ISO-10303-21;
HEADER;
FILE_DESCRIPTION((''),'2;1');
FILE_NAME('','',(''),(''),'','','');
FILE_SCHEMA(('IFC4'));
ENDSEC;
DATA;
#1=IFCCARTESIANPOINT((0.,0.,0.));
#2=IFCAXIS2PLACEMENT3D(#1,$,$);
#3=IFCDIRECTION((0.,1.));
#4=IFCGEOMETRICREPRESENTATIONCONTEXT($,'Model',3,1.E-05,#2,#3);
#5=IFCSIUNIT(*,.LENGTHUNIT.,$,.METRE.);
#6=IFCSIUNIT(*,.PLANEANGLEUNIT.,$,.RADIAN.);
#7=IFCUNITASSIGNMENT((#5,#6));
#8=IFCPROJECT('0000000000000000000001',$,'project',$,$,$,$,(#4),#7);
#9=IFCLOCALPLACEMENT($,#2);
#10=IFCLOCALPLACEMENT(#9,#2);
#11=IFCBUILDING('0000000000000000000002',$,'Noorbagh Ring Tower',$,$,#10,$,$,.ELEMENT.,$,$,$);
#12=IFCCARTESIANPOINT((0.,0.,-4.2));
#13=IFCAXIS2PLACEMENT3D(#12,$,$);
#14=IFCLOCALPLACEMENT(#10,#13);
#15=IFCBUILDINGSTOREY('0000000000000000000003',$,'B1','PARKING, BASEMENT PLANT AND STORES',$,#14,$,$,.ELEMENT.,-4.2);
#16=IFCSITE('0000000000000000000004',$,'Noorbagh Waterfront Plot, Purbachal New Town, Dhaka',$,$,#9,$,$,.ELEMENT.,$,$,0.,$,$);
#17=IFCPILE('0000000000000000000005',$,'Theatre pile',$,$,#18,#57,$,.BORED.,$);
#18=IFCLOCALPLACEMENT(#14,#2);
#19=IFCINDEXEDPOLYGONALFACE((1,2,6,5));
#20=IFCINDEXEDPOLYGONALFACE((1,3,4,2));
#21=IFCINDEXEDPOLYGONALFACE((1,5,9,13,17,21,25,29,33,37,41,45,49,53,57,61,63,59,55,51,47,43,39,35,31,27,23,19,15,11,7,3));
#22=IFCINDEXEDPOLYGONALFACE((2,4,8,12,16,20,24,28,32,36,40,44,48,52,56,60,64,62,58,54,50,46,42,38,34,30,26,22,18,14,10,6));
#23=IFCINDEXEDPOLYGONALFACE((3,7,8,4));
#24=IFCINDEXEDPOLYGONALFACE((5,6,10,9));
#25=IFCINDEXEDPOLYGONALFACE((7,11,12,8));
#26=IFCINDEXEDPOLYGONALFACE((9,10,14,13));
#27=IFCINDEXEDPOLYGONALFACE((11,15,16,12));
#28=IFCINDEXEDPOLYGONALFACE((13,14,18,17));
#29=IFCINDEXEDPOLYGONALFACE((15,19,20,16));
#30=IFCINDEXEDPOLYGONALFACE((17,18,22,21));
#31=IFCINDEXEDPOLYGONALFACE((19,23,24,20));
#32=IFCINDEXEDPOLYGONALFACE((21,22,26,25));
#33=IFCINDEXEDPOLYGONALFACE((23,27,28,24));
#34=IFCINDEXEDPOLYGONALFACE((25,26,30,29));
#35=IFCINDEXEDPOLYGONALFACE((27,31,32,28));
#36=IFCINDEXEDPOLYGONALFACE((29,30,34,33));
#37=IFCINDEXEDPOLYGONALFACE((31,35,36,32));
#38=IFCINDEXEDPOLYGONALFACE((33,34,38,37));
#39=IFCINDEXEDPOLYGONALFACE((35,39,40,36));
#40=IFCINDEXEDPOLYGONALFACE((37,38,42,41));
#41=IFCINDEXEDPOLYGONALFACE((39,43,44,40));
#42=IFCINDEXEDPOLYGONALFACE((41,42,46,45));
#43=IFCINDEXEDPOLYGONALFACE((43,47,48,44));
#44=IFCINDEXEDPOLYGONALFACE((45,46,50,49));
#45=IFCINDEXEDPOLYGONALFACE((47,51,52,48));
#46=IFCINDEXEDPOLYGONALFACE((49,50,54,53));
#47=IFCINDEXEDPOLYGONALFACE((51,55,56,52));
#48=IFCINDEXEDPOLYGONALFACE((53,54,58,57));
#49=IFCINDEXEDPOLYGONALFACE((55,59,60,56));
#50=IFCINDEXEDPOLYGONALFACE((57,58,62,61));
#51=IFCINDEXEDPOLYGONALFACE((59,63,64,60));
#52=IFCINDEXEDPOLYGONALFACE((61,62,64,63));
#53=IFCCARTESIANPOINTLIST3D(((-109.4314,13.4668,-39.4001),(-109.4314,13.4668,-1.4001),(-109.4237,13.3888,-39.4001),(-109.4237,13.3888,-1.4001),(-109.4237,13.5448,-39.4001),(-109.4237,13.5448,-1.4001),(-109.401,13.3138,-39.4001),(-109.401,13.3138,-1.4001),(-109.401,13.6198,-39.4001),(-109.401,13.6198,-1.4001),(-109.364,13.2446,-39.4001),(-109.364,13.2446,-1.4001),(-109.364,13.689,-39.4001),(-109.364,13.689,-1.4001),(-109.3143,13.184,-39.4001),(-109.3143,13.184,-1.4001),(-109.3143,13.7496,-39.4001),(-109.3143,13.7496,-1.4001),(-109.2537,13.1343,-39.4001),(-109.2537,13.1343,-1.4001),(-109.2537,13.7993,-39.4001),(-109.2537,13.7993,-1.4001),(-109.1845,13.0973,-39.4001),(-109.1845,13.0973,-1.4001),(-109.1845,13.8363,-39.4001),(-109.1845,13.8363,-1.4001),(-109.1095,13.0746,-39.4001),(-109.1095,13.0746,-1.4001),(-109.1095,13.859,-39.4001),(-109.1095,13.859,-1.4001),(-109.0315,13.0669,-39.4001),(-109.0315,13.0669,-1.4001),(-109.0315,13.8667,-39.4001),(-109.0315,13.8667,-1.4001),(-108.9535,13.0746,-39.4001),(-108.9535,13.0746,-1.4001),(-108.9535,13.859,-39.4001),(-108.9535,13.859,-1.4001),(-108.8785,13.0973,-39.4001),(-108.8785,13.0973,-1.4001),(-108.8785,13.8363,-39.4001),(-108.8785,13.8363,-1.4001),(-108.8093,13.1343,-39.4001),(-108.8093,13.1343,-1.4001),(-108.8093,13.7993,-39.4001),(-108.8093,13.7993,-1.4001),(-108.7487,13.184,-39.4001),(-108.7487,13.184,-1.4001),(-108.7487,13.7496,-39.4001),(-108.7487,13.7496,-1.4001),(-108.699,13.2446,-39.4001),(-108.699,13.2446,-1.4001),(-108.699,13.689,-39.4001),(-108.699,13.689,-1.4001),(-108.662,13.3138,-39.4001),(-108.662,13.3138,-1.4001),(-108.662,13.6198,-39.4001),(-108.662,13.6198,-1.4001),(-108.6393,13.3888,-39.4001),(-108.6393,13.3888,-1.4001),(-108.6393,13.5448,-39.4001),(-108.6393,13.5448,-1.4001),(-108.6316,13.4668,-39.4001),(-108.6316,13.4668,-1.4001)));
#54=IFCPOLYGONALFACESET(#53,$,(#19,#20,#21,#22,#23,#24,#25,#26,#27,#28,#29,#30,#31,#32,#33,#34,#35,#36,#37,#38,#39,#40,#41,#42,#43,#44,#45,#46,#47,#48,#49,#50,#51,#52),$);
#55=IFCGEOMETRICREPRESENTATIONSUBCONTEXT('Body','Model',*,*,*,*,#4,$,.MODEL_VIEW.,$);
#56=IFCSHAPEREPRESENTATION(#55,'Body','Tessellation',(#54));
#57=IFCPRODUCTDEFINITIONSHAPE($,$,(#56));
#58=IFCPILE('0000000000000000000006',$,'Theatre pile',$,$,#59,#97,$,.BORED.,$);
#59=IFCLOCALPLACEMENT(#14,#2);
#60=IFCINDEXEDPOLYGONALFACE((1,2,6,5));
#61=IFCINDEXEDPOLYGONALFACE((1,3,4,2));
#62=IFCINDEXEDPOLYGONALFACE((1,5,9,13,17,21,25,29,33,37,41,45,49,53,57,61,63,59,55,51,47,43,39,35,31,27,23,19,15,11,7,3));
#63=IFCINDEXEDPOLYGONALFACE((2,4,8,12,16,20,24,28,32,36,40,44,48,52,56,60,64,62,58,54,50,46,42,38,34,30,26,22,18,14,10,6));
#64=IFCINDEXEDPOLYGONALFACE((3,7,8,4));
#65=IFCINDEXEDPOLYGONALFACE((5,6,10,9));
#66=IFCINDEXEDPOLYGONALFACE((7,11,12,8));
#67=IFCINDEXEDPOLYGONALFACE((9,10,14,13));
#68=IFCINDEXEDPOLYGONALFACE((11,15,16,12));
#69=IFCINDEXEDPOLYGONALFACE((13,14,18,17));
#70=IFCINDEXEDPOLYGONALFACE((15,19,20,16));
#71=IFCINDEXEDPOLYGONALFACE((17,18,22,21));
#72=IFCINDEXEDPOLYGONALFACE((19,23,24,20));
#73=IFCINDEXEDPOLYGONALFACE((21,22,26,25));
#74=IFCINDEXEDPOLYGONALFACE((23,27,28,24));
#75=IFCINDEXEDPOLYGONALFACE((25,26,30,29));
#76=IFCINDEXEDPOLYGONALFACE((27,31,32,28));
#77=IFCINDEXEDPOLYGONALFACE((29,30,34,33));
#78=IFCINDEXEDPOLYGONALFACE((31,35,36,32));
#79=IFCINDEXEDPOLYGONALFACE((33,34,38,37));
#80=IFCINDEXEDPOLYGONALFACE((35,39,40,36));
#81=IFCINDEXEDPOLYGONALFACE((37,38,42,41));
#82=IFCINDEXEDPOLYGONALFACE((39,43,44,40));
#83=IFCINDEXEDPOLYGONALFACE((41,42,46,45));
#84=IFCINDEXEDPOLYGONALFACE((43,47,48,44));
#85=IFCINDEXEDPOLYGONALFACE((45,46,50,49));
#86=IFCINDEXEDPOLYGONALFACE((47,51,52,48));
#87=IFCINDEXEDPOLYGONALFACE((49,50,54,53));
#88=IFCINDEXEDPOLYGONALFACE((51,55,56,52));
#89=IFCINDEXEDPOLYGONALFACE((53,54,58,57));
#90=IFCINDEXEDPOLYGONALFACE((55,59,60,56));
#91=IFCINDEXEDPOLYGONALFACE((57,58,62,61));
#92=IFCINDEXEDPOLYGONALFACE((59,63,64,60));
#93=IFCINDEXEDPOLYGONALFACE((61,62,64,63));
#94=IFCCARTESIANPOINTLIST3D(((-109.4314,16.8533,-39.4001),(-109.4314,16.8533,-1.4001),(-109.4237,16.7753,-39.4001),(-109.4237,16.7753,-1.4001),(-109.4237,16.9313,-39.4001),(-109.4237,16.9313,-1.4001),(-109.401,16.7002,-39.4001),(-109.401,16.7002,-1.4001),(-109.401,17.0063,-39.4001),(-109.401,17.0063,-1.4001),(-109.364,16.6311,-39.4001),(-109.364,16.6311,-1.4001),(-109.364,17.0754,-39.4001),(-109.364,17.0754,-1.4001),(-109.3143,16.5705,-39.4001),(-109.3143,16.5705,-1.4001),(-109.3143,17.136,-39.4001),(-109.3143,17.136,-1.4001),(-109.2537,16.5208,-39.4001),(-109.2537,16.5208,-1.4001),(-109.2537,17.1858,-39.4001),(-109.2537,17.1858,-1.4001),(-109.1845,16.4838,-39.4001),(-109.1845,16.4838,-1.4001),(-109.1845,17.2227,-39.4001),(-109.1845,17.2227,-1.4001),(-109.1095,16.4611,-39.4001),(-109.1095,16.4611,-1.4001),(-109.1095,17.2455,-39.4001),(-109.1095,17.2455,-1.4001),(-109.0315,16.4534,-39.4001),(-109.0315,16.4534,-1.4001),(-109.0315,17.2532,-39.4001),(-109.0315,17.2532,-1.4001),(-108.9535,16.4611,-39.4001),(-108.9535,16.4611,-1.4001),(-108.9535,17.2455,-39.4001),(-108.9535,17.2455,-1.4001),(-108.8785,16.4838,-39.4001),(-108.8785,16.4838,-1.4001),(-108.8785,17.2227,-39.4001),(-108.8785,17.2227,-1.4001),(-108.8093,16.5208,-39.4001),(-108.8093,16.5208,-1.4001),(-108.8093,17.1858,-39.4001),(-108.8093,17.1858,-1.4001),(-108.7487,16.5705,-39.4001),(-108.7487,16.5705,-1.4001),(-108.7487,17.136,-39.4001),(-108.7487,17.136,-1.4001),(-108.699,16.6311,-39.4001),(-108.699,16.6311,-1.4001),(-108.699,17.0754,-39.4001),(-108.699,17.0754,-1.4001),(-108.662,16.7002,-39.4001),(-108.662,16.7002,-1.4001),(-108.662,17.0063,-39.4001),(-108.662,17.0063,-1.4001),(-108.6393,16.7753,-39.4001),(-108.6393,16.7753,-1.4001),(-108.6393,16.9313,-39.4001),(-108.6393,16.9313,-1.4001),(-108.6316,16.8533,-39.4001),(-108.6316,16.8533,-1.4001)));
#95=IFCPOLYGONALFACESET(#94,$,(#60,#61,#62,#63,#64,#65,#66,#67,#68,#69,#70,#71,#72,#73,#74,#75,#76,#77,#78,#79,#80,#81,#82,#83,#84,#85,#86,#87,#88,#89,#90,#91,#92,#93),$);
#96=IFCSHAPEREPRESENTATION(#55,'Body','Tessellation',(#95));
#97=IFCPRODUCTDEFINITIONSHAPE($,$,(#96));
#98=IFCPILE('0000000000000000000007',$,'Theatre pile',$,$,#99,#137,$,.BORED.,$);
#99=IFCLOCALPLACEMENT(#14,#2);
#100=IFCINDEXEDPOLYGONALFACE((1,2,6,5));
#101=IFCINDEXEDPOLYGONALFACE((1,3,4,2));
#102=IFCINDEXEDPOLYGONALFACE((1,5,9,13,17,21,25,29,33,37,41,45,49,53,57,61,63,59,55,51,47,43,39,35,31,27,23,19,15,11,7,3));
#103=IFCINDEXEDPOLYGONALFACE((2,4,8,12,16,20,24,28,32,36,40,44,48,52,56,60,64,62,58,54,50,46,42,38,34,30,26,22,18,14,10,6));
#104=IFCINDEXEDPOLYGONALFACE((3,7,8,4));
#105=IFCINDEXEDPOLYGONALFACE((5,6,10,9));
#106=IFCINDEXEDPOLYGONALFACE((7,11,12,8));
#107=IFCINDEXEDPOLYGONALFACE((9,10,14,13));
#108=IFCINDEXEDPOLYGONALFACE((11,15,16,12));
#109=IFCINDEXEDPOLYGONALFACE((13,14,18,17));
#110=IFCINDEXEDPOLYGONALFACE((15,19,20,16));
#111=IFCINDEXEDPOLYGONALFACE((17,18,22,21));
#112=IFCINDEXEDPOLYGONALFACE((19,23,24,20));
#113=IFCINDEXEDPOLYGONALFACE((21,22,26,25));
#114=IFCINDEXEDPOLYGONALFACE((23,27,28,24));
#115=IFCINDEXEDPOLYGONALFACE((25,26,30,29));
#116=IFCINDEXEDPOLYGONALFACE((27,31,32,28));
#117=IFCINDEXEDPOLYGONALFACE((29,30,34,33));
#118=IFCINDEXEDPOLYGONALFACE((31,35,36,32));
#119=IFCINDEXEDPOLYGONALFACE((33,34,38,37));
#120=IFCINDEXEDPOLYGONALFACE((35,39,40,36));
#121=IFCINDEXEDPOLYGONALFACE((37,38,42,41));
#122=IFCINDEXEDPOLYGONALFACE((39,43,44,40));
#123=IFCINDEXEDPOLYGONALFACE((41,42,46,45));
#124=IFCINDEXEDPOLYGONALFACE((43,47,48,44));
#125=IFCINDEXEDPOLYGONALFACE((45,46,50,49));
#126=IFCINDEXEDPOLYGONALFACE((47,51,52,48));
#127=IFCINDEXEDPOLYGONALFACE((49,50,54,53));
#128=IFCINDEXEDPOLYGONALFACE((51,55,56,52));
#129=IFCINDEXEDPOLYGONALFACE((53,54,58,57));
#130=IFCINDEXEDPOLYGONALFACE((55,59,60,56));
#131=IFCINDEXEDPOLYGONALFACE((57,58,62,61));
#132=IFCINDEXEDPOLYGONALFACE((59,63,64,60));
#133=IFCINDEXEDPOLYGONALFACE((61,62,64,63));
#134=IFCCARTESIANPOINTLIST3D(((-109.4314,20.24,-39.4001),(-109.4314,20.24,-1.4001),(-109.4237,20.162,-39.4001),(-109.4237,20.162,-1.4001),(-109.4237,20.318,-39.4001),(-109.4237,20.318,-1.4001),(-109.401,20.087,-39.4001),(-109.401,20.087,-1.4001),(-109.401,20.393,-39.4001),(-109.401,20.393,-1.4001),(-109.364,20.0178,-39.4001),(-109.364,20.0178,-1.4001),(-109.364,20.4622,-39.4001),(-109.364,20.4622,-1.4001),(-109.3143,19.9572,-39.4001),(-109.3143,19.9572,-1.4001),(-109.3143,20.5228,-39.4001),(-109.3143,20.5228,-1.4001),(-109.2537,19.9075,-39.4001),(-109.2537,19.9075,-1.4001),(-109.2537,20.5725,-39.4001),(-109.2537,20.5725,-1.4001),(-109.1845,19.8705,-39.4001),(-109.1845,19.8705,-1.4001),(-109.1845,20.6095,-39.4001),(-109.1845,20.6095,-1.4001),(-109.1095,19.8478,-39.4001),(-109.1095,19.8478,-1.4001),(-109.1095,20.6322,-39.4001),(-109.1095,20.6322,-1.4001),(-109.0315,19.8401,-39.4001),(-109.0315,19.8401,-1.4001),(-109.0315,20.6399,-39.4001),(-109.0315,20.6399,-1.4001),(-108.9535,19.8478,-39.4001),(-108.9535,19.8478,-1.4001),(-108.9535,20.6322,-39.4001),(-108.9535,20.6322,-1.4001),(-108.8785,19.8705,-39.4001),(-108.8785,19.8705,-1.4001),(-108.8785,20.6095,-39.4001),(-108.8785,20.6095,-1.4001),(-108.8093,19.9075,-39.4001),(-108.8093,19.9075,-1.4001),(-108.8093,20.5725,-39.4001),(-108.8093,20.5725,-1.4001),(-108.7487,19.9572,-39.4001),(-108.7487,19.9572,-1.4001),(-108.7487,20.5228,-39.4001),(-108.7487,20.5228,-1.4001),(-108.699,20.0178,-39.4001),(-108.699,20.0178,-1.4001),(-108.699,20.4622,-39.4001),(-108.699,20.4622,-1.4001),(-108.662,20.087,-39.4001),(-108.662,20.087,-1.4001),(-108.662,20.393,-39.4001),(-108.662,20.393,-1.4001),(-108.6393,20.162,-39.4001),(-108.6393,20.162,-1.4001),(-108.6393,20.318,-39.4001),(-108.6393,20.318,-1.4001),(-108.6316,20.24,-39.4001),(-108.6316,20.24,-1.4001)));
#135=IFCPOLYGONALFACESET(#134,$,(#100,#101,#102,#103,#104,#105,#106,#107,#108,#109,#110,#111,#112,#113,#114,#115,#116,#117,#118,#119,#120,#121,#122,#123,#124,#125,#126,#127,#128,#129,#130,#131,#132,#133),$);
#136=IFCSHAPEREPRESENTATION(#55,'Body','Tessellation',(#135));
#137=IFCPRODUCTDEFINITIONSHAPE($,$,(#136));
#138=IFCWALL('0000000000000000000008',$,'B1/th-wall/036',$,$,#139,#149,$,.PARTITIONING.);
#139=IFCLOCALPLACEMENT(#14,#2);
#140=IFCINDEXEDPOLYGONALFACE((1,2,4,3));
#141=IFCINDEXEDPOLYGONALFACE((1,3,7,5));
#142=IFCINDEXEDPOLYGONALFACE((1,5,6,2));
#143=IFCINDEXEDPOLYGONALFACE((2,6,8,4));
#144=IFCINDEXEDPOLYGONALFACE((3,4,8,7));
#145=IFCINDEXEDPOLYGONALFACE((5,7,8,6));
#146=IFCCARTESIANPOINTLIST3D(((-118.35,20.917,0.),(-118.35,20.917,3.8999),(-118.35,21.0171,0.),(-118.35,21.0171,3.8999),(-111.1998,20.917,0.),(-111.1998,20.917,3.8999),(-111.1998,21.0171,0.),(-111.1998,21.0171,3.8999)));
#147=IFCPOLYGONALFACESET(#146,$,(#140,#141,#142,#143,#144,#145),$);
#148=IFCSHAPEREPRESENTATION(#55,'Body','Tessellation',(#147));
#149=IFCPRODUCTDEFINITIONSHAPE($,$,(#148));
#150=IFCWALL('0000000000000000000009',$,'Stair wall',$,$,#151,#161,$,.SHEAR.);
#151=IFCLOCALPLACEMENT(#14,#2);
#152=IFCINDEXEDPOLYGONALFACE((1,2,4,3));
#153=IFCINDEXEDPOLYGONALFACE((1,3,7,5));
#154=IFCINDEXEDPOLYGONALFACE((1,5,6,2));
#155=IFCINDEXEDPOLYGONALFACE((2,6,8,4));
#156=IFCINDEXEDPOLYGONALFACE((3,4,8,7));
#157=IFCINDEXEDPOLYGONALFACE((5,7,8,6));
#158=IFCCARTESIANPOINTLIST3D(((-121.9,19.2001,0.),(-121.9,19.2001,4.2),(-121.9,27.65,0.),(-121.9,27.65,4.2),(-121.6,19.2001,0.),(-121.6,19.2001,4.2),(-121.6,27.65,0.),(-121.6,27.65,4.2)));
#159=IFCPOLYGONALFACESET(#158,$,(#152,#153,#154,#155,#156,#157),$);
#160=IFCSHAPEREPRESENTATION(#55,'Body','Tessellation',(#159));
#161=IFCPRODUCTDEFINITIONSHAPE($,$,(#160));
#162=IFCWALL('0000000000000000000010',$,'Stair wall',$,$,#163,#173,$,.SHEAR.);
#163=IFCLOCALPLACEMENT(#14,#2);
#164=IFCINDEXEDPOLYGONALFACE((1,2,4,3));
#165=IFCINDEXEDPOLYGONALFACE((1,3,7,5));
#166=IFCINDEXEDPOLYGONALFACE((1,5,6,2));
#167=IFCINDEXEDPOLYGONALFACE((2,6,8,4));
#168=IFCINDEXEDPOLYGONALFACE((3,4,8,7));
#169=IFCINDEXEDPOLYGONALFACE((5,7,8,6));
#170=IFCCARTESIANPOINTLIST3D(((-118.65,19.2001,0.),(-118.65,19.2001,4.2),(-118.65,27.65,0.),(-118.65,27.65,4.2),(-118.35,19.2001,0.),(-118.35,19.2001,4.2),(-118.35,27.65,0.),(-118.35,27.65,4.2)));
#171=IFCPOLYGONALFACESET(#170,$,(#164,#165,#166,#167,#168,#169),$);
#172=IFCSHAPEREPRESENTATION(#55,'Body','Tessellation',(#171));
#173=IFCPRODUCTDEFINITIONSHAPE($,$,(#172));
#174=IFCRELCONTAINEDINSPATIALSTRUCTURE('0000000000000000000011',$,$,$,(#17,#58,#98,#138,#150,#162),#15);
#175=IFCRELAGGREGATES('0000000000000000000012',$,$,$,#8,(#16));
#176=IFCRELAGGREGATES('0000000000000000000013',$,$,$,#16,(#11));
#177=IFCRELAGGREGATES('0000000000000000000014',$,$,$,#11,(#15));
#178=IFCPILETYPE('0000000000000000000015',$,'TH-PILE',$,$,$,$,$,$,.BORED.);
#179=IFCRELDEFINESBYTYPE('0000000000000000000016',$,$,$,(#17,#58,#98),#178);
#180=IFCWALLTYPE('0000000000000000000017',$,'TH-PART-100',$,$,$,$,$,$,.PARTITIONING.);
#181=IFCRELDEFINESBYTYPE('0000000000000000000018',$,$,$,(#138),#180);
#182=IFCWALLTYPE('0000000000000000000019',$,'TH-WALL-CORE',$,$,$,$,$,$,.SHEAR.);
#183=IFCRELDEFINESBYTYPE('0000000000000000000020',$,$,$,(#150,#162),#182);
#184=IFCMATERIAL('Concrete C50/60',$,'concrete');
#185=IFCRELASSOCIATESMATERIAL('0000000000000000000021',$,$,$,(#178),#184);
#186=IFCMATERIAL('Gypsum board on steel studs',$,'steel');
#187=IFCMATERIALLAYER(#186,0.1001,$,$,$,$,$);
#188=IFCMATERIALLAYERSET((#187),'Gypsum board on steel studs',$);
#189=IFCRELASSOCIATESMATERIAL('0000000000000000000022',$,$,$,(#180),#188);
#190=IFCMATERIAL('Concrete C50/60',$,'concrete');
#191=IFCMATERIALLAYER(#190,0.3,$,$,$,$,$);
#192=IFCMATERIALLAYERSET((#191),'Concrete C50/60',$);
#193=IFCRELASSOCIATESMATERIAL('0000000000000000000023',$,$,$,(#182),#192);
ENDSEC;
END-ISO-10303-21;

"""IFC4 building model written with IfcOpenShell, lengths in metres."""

from ifc_helpers import new_model, si_unit, direction, frame, frame_2d, origin, origin_2d, place, context, subcontext, project, spatial, rectangle, circle, extrude, material, layer, layer_set, material_profile, profile_set, type_object, element, save


model = new_model("IFC4")

# Units and contexts
model_context = context("Model", 3, precision=1e-05, world=origin(), true_north=direction((0.0, 1.0)))
body_context = subcontext(model_context, "Body", "Model", "MODEL_VIEW")
ifc_project = project(units=[si_unit("LENGTHUNIT", "METRE"), si_unit("PLANEANGLEUNIT", "RADIAN")], contexts=[model_context])

# Site, building, storey
site_placement = place(None, origin())
site = spatial("IfcSite", under=ifc_project, at=site_placement, Name="Noorbagh Waterfront Plot, Purbachal New Town, Dhaka", CompositionType="ELEMENT", RefElevation=0.0)
building_placement = place(site_placement, origin())
building = spatial("IfcBuilding", under=site, at=building_placement, Name="Noorbagh Ring Tower", CompositionType="ELEMENT")
storey_placement = place(building_placement, frame((0.0, 0.0, -4.2)))
storey = spatial("IfcBuildingStorey", under=building, at=storey_placement, Name="B1", Description="PARKING, BASEMENT PLANT AND STORES", CompositionType="ELEMENT", Elevation=-4.2)

# Piles
ifc_material_1 = material(Name="Concrete C50/60", Category="concrete")
ifc_material_profile = material_profile(ifc_material_1, circle(Radius=0.3999, at=origin_2d()), Name="PILE800")
ifc_profile_set = profile_set([ifc_material_profile], Name="Concrete C50/60")
pile_type = type_object("IfcPileType", Name="TH-PILE", PredefinedType="BORED", material=ifc_profile_set)
for number, where, z_axis, x_axis, name in (
    (1, (-109.0315, 13.4668, -1.4001), (0.0, 0.0, -1.0), (1.0, 0.0, 0.0), "Theatre pile"),
    (2, (-109.0315, 16.8533, -1.4001), (0.0, 0.0, -1.0), (1.0, 0.0, 0.0), "Theatre pile"),
    (3, (-109.0315, 20.24, -1.4001), (0.0, 0.0, -1.0), (1.0, 0.0, 0.0), "Theatre pile"),
):
    element("IfcPile", number, at=place(storey_placement, frame(where, z_axis=z_axis, x_axis=x_axis)), inside=storey, type_object=pile_type, Name=name, PredefinedType="BORED", context=body_context, shape_type="SweptSolid", body=[
        extrude(circle(Radius=0.3999, at=origin_2d()), origin(), (0.0, 0.0, 1.0), 38.0),
    ])

# Walls
ifc_material_2 = material(Name="Gypsum board on steel studs", Category="steel")
ifc_layer_1 = layer(ifc_material_2, 0.1001)
ifc_layer_set_1 = layer_set([ifc_layer_1], Name="Gypsum board on steel studs")
wall_type_1 = type_object("IfcWallType", Name="TH-PART-100", PredefinedType="PARTITIONING", material=ifc_layer_set_1)
wall_placement = place(storey_placement, frame((-118.3501, 20.967, 0.0), z_axis=(0.0, 0.0, 1.0), x_axis=(1.0, 0.0, 0.0)))
element("IfcWall", 4, at=wall_placement, inside=storey, type_object=wall_type_1, Name="B1/th-wall/036", PredefinedType="PARTITIONING", context=body_context, shape_type="SweptSolid", body=[
    extrude(rectangle(XDim=7.1501, YDim=0.1001, at=frame_2d((3.5752, 0.0))), origin(), (0.0, 0.0, 1.0), 3.8999),
])
ifc_material_3 = material(Name="Concrete C50/60", Category="concrete")
ifc_layer_2 = layer(ifc_material_3, 0.3)
ifc_layer_set_2 = layer_set([ifc_layer_2], Name="Concrete C50/60")
wall_type_2 = type_object("IfcWallType", Name="TH-WALL-CORE", PredefinedType="SHEAR", material=ifc_layer_set_2)
for number, where, z_axis, x_axis, name in (
    (5, (-121.75, 19.2, 0.0), (0.0, 0.0, 1.0), (0.0, 1.0, 0.0), "Stair wall"),
    (6, (-118.5, 19.2, 0.0), (0.0, 0.0, 1.0), (0.0, 1.0, 0.0), "Stair wall"),
):
    element("IfcWall", number, at=place(storey_placement, frame(where, z_axis=z_axis, x_axis=x_axis)), inside=storey, type_object=wall_type_2, Name=name, PredefinedType="SHEAR", context=body_context, shape_type="SweptSolid", body=[
        extrude(rectangle(XDim=8.45, YDim=0.3, at=frame_2d((4.2251, 0.0))), origin(), (0.0, 0.0, 1.0), 4.2),
    ])

save(model, "model.ifc")
